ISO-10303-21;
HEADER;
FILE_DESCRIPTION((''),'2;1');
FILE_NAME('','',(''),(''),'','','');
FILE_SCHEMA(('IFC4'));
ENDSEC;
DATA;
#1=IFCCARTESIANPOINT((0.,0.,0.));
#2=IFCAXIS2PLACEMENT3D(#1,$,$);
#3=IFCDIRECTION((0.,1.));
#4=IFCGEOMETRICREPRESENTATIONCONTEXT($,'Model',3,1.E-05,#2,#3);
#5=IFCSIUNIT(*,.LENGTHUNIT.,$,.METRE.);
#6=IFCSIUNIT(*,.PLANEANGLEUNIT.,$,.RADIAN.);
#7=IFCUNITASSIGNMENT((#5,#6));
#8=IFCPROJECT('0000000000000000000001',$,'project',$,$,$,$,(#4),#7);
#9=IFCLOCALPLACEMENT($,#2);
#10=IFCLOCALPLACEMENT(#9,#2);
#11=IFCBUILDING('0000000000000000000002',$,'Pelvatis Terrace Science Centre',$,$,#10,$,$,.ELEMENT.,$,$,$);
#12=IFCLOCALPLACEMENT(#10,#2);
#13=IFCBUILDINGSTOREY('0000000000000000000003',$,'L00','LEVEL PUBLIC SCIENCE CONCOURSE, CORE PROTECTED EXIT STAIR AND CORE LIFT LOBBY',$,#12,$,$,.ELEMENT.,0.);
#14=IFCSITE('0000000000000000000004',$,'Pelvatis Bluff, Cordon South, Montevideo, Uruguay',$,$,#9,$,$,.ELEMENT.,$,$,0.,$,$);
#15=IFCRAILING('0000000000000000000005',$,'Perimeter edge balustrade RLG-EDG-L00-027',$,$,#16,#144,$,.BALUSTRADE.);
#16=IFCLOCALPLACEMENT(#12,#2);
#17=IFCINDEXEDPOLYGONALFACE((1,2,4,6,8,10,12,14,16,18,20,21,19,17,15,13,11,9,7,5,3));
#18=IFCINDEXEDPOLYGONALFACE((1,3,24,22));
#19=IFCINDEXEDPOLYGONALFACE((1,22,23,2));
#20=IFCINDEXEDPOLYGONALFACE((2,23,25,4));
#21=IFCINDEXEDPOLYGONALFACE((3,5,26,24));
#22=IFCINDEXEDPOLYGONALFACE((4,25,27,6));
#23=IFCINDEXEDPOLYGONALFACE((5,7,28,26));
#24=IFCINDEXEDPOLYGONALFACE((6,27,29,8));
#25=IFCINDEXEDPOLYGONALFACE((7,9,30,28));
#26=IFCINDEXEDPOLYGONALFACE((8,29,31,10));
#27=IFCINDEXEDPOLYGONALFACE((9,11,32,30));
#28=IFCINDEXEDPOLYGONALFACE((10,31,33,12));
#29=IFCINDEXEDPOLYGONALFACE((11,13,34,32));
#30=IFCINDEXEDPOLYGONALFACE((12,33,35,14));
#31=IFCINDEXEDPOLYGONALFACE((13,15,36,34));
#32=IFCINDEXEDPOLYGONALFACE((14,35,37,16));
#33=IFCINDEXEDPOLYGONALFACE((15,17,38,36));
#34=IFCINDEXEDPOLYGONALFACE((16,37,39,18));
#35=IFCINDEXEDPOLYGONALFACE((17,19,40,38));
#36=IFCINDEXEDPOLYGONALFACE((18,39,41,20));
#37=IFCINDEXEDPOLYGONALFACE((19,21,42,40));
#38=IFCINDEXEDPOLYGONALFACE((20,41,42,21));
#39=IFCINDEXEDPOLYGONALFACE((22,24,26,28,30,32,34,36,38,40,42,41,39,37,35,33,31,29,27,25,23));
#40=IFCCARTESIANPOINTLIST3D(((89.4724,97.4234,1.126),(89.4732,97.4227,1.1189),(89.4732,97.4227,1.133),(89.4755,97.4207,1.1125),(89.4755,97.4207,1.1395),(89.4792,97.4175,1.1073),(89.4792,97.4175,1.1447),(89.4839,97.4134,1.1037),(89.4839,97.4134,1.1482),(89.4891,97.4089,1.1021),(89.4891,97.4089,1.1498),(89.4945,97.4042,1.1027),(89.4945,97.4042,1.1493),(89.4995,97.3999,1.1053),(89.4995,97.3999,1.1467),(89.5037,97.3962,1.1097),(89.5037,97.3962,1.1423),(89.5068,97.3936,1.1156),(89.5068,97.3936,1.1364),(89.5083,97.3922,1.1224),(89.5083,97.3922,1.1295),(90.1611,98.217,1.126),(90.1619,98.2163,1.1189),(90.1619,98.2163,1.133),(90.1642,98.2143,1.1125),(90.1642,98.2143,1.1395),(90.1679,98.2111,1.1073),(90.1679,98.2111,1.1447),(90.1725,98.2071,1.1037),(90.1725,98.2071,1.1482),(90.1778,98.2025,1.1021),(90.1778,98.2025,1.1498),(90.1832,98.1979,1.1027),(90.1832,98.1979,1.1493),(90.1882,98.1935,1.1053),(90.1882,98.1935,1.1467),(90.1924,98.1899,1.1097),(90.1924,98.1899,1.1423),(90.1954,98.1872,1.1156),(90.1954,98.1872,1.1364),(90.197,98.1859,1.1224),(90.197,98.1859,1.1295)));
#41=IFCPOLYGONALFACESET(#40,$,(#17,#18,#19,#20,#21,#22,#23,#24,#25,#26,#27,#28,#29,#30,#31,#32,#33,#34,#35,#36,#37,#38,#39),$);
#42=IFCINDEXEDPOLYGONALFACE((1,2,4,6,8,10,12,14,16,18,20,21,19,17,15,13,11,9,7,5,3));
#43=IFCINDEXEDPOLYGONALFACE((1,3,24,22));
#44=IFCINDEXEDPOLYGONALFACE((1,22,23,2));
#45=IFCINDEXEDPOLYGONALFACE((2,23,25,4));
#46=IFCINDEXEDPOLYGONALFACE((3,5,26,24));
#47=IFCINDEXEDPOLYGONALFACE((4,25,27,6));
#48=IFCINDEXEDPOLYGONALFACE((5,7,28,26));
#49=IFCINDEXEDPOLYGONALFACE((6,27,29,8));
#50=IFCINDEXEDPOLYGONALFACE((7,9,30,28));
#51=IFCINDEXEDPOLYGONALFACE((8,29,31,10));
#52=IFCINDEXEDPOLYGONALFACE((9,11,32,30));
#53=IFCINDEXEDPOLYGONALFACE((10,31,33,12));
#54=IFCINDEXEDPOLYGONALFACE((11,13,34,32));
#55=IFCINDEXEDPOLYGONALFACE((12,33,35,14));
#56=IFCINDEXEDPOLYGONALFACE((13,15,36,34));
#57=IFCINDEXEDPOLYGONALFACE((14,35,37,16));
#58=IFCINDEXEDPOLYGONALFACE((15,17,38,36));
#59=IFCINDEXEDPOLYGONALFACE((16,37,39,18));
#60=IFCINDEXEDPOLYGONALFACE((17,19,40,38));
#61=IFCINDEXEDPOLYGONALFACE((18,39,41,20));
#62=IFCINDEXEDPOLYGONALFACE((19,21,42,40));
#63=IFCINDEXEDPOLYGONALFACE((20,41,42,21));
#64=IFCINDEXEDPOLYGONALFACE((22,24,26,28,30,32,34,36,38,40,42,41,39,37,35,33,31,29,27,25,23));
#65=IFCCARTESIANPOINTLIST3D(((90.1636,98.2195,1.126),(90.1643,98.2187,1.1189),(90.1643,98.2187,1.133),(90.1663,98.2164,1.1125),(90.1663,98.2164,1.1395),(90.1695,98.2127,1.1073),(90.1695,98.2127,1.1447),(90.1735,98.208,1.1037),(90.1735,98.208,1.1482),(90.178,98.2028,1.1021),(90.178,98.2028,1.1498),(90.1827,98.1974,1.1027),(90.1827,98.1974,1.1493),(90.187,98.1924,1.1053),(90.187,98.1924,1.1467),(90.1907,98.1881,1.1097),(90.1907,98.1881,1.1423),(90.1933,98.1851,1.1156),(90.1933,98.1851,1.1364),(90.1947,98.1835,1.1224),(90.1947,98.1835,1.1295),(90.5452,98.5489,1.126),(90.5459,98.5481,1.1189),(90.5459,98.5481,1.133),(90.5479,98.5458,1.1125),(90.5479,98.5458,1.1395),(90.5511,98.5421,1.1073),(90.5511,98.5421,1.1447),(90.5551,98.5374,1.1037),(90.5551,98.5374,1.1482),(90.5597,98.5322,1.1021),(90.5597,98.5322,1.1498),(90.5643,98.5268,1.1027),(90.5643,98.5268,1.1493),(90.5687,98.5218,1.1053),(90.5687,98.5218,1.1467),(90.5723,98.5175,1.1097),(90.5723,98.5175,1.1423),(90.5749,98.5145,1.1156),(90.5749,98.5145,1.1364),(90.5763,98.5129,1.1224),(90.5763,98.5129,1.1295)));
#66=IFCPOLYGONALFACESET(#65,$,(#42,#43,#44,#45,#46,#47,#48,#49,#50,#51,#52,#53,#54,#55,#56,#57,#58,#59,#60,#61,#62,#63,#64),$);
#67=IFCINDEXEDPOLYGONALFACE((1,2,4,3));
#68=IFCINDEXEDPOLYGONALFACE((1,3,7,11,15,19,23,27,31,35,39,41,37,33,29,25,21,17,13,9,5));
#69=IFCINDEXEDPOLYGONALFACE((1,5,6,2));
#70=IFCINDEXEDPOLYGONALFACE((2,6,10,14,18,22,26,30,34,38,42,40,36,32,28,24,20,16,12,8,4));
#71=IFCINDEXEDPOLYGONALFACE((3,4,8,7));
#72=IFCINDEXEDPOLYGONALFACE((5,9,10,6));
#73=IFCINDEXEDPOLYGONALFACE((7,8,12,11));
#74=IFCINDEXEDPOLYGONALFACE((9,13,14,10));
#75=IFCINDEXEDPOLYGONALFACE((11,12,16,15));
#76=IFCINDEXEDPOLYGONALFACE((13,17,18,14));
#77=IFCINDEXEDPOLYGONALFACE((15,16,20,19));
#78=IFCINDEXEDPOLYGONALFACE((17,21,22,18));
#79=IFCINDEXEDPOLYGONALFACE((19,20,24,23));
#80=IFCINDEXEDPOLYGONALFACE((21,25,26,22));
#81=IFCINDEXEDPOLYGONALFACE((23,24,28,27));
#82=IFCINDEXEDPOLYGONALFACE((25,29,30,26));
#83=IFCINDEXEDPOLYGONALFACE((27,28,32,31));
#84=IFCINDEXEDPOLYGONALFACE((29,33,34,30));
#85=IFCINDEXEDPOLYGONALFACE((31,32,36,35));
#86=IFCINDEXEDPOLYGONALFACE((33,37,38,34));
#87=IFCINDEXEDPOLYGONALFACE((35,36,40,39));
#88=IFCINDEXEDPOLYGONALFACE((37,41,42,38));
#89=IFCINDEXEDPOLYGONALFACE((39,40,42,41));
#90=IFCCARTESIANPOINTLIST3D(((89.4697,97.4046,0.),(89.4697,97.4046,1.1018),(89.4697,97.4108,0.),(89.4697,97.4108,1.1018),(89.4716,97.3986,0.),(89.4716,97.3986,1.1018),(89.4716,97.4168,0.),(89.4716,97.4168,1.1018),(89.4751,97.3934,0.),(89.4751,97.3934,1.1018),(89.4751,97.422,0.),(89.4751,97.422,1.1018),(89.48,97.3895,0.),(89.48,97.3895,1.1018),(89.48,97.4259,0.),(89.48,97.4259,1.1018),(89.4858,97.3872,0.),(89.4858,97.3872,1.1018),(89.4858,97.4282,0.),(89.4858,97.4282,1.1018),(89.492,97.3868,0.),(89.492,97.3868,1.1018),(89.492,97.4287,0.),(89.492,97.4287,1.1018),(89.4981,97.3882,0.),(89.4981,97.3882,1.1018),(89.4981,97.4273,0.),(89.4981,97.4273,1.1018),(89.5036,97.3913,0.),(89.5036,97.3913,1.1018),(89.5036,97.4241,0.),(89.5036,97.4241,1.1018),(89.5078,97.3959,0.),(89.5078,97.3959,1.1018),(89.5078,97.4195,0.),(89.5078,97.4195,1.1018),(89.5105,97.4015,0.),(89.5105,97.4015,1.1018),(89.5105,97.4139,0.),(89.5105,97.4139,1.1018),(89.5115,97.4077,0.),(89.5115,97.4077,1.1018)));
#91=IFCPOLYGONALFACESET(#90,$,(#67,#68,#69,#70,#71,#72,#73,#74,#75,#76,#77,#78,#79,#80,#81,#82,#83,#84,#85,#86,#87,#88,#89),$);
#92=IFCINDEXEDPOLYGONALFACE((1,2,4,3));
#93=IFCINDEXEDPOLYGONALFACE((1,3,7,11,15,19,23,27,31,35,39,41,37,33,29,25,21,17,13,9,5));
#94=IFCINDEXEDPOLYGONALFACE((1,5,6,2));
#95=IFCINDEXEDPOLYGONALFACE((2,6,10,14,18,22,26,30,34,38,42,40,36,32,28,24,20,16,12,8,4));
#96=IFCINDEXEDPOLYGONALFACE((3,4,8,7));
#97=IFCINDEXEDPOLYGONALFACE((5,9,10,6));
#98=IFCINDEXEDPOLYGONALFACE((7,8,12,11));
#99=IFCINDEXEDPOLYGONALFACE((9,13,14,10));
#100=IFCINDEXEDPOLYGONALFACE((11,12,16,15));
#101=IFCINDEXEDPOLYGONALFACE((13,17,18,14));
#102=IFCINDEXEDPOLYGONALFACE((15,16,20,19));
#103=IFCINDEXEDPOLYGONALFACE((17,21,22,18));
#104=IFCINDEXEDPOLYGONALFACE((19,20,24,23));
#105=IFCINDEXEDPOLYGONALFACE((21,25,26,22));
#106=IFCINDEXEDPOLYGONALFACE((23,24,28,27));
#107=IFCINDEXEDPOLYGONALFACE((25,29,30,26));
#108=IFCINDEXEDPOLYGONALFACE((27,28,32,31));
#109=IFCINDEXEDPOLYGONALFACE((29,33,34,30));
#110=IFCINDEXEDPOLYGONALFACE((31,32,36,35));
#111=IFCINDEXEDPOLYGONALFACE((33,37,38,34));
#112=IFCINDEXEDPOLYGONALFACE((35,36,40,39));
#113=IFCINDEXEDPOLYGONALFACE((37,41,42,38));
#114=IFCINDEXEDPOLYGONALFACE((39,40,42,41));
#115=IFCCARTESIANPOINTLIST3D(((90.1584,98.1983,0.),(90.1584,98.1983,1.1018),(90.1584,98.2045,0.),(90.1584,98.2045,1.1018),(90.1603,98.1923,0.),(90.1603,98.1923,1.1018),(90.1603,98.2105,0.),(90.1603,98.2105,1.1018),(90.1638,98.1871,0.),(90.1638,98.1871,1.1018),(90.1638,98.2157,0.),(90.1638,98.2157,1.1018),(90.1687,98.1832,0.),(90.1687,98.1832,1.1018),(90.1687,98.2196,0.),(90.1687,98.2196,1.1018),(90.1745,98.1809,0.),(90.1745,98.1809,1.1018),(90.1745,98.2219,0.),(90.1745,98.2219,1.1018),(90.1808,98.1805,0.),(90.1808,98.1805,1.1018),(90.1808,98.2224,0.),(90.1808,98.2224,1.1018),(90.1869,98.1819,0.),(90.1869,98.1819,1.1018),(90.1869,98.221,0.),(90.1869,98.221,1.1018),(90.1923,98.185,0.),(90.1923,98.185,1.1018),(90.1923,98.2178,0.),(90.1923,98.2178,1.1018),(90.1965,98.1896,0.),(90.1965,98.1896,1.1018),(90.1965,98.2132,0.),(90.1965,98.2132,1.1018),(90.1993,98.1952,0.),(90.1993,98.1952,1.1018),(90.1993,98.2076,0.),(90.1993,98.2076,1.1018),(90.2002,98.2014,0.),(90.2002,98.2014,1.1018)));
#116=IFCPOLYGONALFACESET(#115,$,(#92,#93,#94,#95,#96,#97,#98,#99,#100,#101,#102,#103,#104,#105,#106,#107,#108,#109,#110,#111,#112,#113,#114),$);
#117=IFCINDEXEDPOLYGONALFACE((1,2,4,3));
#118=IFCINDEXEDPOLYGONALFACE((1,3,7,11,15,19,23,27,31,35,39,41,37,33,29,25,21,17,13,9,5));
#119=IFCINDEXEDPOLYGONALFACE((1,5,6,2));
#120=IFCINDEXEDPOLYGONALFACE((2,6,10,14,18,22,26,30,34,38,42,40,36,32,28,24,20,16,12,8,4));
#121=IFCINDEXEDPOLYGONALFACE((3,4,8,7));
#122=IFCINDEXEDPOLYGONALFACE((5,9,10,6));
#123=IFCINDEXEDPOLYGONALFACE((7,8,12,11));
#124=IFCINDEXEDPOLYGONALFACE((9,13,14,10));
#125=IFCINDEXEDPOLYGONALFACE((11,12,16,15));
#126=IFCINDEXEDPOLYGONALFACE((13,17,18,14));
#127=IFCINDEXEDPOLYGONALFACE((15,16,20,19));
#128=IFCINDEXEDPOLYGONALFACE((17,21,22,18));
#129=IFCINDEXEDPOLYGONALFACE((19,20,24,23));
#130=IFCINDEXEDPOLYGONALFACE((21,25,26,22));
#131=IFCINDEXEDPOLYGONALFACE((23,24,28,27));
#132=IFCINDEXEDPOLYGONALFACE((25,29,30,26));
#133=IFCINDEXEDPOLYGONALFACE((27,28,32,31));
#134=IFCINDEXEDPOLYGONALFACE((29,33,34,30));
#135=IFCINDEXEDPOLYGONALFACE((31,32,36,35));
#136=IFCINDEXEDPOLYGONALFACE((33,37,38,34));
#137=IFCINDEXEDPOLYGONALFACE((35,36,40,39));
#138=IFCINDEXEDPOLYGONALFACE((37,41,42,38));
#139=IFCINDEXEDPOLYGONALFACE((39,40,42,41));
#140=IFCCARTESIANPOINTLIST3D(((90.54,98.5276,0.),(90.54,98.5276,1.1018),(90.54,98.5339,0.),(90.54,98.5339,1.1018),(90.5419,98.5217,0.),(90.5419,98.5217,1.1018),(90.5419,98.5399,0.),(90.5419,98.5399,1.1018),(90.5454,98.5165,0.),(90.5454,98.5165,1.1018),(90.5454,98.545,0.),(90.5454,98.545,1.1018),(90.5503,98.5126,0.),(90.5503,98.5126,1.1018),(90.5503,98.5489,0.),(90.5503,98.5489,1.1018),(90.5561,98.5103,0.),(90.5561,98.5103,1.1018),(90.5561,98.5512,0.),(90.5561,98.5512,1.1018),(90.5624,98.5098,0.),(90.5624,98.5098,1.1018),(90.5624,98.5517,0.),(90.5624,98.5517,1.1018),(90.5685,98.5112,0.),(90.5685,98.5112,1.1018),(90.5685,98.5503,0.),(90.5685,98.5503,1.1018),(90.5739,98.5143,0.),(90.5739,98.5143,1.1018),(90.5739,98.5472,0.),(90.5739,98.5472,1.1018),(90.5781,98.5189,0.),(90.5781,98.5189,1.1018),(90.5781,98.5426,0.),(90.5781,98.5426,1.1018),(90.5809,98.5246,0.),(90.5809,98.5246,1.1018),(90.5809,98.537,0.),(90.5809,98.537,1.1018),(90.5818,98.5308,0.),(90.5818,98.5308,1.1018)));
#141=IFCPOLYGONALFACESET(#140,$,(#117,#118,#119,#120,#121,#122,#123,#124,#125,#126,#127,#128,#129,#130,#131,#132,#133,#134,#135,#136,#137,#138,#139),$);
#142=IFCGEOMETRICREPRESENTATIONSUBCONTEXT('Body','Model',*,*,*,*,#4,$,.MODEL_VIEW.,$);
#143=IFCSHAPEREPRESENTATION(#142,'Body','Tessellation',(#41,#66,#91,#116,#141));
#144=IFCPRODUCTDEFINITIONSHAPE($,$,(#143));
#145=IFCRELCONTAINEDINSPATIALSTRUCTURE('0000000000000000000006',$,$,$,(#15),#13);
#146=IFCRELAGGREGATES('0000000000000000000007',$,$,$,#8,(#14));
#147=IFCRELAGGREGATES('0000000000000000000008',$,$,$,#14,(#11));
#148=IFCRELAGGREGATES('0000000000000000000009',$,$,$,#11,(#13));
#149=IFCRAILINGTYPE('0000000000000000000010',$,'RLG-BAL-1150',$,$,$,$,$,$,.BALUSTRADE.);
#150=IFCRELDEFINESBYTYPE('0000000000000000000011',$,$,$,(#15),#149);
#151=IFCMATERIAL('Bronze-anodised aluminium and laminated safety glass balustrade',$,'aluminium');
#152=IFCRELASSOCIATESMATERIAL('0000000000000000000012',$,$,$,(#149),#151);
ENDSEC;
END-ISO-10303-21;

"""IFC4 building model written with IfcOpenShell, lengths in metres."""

from ifc_helpers import new_model, si_unit, direction, frame, origin, origin_2d, place, context, subcontext, project, spatial, circle, extrude, material, type_object, element, save


model = new_model("IFC4")

# Units and contexts
model_context = context("Model", 3, precision=1e-05, world=origin(), true_north=direction((0.0, 1.0)))
body_context = subcontext(model_context, "Body", "Model", "MODEL_VIEW")
ifc_project = project(units=[si_unit("LENGTHUNIT", "METRE"), si_unit("PLANEANGLEUNIT", "RADIAN")], contexts=[model_context])

# Site, building, storey
site_placement = place(None, origin())
site = spatial("IfcSite", under=ifc_project, at=site_placement, Name="Pelvatis Bluff, Cordon South, Montevideo, Uruguay", CompositionType="ELEMENT", RefElevation=0.0)
building_placement = place(site_placement, origin())
building = spatial("IfcBuilding", under=site, at=building_placement, Name="Pelvatis Terrace Science Centre", CompositionType="ELEMENT")
storey_placement = place(building_placement, origin())
storey = spatial("IfcBuildingStorey", under=building, at=storey_placement, Name="L00", Description="LEVEL PUBLIC SCIENCE CONCOURSE, CORE PROTECTED EXIT STAIR AND CORE LIFT LOBBY", CompositionType="ELEMENT", Elevation=0.0)

# Railing
ifc_material_1 = material(Name="Bronze-anodised aluminium and laminated safety glass balustrade", Category="aluminium")
railing_type = type_object("IfcRailingType", Name="RLG-BAL-1150", PredefinedType="BALUSTRADE", material=ifc_material_1)
railing_1_placement = place(storey_placement, frame((89.4905, 97.4077, 0.0)))
element("IfcRailing", 1, at=railing_1_placement, inside=storey, type_object=railing_type, Name="Perimeter edge balustrade RLG-EDG-L00-027", PredefinedType="BALUSTRADE", context=body_context, shape_type="SweptSolid", body=[
    extrude(circle(Radius=0.0239, at=origin_2d()), frame((0.0, 0.0, 1.126), z_axis=(0.65539, 0.75529, 0.0), x_axis=(-0.75529, 0.65539, 0.0)), (0.0, 0.0, 1.0), 1.0508),
    extrude(circle(Radius=0.0239, at=origin_2d()), frame((0.6887, 0.7937, 1.126), z_axis=(0.75703, 0.65338, 0.0), x_axis=(-0.65338, 0.75703, 0.0)), (0.0, 0.0, 1.0), 0.5042),
    extrude(circle(Radius=0.021, at=origin_2d()), origin(), (0.0, 0.0, 1.0), 1.1018),
    extrude(circle(Radius=0.021, at=origin_2d()), frame((0.6887, 0.7937, 0.0)), (0.0, 0.0, 1.0), 1.1018),
    extrude(circle(Radius=0.021, at=origin_2d()), frame((1.0703, 1.123, 0.0)), (0.0, 0.0, 1.0), 1.1018),
])

save(model, "model.ifc")
